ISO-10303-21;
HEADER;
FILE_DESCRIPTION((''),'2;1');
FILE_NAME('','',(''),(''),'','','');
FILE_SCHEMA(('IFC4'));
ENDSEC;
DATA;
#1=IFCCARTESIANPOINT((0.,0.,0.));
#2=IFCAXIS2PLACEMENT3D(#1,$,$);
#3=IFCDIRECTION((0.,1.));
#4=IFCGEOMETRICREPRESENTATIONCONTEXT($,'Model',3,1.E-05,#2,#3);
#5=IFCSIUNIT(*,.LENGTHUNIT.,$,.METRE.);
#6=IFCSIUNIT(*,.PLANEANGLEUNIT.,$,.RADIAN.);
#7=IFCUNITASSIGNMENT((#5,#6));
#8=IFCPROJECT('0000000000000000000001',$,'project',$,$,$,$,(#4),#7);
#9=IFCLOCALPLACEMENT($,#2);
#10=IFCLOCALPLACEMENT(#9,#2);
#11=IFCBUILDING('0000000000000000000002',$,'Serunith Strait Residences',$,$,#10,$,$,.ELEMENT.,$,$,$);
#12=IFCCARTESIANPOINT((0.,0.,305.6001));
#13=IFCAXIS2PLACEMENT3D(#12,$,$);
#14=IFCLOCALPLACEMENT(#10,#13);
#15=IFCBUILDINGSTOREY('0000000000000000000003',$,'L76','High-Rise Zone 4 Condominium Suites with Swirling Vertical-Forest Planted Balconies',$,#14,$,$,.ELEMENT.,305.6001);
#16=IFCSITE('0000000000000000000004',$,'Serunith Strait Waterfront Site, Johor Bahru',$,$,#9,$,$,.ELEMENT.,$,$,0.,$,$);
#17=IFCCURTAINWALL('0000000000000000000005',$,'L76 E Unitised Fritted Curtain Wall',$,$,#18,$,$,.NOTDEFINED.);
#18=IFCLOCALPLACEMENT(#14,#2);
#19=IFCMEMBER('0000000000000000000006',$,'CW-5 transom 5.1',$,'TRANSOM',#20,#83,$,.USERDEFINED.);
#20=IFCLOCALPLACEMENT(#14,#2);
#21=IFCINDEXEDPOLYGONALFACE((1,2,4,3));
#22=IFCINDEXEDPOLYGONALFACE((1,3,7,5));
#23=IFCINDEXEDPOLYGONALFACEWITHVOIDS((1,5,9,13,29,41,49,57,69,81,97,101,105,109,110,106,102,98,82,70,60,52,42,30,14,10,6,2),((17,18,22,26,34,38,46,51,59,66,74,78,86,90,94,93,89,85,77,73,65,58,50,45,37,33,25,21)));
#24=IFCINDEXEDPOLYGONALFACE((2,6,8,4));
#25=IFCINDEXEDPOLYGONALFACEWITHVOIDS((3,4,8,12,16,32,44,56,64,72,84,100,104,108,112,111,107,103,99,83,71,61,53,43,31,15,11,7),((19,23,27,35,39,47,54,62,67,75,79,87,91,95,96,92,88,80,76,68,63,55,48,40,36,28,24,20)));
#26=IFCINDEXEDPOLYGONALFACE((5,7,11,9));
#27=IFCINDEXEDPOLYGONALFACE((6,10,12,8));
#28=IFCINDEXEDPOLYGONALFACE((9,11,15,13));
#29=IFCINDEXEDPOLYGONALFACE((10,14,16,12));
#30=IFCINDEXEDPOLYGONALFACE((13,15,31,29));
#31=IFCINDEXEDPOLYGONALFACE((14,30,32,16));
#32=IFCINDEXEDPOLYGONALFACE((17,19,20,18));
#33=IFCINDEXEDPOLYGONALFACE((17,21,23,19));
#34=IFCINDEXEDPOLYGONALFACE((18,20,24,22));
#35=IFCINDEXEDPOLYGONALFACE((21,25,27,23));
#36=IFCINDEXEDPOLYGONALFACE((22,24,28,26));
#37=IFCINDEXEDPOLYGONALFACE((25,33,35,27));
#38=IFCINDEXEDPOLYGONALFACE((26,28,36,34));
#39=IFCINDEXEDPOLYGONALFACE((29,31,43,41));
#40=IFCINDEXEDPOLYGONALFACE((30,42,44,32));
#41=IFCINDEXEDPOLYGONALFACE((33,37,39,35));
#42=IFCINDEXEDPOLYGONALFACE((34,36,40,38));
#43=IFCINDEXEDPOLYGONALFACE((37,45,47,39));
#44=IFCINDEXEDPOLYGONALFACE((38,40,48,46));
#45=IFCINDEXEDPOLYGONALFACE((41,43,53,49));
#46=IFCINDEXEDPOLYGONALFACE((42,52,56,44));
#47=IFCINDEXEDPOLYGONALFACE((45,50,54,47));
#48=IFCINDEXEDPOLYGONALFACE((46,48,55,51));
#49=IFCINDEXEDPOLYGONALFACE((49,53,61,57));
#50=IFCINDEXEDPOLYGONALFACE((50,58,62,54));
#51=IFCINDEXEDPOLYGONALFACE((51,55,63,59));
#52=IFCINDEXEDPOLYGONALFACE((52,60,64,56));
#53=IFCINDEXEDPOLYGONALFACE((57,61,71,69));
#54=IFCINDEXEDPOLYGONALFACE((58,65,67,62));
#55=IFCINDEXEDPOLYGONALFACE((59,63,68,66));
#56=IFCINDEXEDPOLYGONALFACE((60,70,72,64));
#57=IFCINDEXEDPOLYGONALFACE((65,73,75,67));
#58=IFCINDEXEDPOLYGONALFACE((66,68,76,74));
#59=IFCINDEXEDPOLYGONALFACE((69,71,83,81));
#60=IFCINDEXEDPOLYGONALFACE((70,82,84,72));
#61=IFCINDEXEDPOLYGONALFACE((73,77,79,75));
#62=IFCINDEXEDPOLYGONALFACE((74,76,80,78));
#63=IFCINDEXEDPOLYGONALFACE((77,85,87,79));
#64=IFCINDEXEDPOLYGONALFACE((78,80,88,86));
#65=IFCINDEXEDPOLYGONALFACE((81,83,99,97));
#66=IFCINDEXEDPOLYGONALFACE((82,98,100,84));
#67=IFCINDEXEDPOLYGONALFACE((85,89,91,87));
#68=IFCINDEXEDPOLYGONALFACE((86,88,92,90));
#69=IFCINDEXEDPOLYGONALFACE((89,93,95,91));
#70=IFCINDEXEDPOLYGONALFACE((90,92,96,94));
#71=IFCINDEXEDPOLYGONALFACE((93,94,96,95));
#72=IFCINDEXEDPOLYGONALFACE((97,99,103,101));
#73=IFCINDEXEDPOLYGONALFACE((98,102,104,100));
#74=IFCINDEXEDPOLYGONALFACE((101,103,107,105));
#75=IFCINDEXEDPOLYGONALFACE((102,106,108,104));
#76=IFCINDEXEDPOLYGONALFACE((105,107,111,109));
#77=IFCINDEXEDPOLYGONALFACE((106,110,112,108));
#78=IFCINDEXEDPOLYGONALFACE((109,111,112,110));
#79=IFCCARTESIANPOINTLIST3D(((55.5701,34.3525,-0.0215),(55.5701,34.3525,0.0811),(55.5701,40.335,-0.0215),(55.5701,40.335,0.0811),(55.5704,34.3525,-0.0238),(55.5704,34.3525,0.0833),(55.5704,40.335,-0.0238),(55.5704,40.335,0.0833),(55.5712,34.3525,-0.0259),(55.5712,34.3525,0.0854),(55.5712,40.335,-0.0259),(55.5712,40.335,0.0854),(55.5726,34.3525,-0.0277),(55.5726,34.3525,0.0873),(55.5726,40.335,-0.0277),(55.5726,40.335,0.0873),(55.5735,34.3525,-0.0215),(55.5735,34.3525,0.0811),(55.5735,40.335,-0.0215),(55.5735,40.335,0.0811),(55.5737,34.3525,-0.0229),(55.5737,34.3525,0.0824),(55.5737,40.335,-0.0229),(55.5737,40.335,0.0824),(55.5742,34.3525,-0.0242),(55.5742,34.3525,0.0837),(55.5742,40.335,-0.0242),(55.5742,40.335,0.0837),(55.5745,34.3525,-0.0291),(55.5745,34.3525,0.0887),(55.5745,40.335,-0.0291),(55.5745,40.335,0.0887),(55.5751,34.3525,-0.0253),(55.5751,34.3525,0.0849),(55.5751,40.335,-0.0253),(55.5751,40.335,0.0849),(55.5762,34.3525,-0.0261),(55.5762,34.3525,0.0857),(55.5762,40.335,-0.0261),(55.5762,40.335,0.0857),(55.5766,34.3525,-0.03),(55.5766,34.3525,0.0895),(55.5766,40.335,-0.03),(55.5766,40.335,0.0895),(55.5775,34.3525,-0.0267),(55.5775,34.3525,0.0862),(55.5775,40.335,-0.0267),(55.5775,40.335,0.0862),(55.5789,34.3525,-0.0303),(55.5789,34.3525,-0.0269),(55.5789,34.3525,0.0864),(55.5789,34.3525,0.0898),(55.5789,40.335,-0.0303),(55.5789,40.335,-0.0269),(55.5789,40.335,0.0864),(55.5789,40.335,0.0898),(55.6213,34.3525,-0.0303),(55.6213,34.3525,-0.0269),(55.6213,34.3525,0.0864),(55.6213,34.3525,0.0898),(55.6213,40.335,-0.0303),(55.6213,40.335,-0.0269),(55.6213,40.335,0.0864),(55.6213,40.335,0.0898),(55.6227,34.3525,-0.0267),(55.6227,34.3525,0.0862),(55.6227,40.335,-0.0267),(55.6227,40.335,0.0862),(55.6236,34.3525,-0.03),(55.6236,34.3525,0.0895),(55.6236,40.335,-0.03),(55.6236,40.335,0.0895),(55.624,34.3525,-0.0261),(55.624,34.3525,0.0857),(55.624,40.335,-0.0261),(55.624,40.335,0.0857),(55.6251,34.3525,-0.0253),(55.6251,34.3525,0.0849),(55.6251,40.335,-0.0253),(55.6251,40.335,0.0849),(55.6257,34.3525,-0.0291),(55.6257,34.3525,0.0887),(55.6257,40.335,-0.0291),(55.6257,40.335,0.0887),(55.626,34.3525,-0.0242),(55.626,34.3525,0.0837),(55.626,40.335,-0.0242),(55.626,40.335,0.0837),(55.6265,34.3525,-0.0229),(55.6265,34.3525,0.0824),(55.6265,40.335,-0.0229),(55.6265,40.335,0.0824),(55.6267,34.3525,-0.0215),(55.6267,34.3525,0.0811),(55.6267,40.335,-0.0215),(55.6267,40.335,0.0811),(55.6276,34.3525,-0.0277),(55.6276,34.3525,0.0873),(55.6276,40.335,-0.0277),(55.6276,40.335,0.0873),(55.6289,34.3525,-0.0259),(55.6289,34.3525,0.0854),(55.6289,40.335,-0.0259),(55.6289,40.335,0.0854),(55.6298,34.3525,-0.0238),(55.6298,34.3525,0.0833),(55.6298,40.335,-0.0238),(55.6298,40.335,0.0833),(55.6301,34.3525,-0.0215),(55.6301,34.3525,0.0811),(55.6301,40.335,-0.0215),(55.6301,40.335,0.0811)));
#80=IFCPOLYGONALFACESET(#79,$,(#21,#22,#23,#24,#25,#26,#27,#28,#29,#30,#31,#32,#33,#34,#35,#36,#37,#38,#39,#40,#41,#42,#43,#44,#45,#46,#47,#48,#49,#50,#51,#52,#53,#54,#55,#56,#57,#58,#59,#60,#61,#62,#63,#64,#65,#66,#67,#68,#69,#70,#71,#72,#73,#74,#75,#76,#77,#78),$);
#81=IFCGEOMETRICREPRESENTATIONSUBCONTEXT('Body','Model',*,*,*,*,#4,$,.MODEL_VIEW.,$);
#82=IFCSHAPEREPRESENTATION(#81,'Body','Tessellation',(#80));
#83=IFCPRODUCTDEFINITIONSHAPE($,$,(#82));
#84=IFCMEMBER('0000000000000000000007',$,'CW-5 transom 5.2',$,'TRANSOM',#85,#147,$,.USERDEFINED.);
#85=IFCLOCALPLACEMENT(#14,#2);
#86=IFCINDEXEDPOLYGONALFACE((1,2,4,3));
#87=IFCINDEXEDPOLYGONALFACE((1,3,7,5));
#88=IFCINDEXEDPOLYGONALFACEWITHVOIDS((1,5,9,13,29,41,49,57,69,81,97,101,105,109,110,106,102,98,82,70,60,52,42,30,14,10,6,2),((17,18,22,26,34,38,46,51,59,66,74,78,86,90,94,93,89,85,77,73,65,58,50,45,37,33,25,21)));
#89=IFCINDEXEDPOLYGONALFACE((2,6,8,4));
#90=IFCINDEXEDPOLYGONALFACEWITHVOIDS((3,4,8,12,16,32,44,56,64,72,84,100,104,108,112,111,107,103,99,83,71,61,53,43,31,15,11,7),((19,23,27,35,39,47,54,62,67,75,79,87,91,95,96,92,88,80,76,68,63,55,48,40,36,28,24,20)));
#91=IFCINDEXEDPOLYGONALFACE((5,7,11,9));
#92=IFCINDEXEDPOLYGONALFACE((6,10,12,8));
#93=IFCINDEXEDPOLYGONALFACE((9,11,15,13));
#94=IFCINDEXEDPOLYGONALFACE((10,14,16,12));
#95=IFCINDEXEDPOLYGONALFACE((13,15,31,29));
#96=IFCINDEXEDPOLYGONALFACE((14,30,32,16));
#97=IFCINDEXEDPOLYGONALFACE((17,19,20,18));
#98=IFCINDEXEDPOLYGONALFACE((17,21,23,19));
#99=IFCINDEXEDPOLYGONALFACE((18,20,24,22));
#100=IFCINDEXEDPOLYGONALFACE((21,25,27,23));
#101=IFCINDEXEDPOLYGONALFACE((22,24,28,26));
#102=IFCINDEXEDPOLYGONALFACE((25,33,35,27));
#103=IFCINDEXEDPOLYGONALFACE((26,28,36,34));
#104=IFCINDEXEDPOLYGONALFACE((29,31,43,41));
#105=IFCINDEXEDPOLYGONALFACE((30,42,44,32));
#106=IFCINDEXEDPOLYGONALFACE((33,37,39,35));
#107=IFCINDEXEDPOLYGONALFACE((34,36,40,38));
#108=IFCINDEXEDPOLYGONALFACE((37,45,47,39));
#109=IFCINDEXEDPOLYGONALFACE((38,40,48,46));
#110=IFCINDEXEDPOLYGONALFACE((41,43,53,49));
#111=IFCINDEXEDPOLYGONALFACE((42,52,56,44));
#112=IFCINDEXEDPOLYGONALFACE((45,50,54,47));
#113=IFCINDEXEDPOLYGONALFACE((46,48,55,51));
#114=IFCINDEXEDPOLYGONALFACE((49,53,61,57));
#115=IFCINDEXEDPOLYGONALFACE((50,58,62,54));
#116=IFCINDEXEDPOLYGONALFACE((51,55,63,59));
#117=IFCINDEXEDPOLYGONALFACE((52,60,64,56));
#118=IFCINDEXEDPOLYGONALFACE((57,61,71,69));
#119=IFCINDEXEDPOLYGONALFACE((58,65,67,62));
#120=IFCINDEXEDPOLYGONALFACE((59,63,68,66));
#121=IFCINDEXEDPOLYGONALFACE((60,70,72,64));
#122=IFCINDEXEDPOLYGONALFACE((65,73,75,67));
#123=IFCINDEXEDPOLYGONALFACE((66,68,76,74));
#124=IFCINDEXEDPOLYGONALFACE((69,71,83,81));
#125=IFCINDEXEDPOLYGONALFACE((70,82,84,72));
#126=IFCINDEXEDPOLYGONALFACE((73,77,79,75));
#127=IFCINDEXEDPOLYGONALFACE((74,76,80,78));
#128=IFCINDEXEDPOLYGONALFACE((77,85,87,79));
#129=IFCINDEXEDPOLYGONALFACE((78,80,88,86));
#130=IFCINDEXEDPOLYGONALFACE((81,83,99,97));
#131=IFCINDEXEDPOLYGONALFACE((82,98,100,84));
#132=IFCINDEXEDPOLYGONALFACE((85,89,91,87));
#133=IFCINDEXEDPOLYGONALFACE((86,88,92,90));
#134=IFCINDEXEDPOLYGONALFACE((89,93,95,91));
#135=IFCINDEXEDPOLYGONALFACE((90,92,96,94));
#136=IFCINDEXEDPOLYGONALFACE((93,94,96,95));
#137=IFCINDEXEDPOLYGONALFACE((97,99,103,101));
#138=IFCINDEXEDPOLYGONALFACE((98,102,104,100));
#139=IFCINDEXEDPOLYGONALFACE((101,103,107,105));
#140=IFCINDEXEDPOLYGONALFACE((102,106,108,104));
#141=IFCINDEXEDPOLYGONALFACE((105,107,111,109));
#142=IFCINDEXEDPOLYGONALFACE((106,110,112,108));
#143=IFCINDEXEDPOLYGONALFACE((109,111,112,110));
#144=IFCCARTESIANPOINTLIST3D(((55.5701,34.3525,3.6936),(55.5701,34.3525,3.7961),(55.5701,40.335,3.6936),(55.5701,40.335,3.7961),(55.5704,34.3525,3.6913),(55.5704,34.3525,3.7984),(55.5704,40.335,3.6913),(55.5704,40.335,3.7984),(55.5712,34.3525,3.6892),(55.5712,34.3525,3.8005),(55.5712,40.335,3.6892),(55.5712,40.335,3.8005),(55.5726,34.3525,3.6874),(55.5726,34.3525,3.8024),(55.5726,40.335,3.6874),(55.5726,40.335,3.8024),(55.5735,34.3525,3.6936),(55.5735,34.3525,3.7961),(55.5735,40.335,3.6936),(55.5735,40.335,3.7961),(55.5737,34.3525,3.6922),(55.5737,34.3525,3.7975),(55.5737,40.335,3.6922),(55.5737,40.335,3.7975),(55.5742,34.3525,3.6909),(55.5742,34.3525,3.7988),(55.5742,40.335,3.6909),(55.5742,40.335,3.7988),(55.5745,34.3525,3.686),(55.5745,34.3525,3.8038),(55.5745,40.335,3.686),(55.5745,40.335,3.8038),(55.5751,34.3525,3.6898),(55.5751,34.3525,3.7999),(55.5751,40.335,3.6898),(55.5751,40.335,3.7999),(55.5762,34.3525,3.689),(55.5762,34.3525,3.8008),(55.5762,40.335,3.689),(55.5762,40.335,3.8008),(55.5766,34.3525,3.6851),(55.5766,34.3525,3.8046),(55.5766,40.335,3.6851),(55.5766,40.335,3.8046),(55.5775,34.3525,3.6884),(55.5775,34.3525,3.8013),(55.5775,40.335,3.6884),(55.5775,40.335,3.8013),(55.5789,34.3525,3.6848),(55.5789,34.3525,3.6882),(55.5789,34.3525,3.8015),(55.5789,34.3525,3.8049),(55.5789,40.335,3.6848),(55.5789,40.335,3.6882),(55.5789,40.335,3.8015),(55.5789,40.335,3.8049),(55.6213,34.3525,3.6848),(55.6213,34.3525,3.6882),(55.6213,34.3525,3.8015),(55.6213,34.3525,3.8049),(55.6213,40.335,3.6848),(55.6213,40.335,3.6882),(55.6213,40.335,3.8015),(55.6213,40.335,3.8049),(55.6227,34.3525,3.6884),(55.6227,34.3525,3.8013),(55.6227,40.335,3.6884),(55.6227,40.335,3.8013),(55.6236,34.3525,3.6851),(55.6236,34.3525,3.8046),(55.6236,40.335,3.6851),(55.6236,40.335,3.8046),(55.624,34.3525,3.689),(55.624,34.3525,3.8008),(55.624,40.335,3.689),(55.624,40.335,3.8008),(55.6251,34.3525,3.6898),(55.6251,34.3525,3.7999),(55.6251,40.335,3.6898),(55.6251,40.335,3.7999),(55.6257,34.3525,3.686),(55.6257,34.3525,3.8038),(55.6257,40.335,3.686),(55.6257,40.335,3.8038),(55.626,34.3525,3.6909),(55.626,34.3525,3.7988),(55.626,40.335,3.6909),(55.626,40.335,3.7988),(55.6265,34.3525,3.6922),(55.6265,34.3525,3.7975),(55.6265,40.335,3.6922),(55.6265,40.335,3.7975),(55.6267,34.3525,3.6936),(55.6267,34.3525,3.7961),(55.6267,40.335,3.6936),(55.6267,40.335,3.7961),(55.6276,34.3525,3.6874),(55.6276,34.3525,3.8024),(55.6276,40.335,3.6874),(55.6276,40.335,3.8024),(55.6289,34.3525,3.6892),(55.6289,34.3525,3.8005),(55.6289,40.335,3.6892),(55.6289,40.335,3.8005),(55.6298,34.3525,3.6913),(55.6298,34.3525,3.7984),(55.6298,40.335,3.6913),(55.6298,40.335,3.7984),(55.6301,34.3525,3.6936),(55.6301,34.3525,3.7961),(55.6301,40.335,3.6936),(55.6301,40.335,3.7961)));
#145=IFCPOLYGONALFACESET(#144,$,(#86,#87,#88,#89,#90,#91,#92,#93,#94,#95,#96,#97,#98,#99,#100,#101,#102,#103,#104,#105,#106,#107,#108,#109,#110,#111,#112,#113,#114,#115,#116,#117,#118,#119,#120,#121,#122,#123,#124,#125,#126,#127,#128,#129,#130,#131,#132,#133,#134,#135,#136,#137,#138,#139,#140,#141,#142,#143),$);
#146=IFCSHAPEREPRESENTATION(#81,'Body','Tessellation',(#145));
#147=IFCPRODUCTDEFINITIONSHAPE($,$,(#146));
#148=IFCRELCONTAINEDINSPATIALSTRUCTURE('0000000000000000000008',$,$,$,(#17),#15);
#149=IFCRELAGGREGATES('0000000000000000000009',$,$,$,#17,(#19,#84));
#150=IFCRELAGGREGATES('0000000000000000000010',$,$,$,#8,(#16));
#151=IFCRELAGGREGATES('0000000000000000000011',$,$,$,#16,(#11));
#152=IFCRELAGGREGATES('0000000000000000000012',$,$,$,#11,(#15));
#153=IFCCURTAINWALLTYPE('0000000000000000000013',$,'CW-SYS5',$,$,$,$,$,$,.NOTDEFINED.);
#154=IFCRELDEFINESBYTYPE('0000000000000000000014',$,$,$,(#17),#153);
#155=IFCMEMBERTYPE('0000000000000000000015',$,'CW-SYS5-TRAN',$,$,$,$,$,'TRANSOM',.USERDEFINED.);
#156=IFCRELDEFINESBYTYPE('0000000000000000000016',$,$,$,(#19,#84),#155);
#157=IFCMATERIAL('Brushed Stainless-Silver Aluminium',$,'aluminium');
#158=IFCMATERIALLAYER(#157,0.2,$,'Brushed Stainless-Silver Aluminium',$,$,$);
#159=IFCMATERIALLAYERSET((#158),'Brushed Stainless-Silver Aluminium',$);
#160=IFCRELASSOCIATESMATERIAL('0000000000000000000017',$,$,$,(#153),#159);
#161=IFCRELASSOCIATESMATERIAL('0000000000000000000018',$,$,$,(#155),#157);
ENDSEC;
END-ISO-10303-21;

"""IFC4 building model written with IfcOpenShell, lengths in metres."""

from ifc_helpers import new_model, si_unit, direction, frame, origin, origin_2d, place, context, subcontext, project, spatial, hollow_rectangle, extrude, source, transform, mapped, material, layer, layer_set, material_profile, profile_set, type_object, element, aggregate, save


model = new_model("IFC4")

# Units and contexts
model_context = context("Model", 3, precision=1e-05, world=origin(), true_north=direction((0.0, 1.0)))
body_context = subcontext(model_context, "Body", "Model", "MODEL_VIEW")
ifc_project = project(units=[si_unit("LENGTHUNIT", "METRE"), si_unit("PLANEANGLEUNIT", "RADIAN")], contexts=[model_context])

# Site, building, storey
site_placement = place(None, origin())
site = spatial("IfcSite", under=ifc_project, at=site_placement, Name="Serunith Strait Waterfront Site, Johor Bahru", CompositionType="ELEMENT", RefElevation=0.0)
building_placement = place(site_placement, origin())
building = spatial("IfcBuilding", under=site, at=building_placement, Name="Serunith Strait Residences", CompositionType="ELEMENT")
storey_placement = place(building_placement, frame((0.0, 0.0, 305.6001)))
storey = spatial("IfcBuildingStorey", under=building, at=storey_placement, Name="L76", Description="High-Rise Zone 4 Condominium Suites with Swirling Vertical-Forest Planted Balconies", CompositionType="ELEMENT", Elevation=305.6001)

# Curtain wall, members
ifc_material_1 = material(Name="Brushed Stainless-Silver Aluminium", Category="aluminium")
ifc_layer_1 = layer(ifc_material_1, 0.2, Name="Brushed Stainless-Silver Aluminium")
ifc_layer_set_1 = layer_set([ifc_layer_1], Name="Brushed Stainless-Silver Aluminium")
curtain_wall_type = type_object("IfcCurtainWallType", Name="CW-SYS5", PredefinedType="NOTDEFINED", material=ifc_layer_set_1)
curtain_wall_placement = place(storey_placement, origin())
curtain_wall = element("IfcCurtainWall", 1, at=curtain_wall_placement, inside=storey, type_object=curtain_wall_type, Name="L76 E Unitised Fritted Curtain Wall", PredefinedType="NOTDEFINED")
ifc_material_profile_1 = material_profile(ifc_material_1, hollow_rectangle(XDim=0.0601, YDim=0.1201, WallThickness=0.0034, InnerFilletRadius=0.0054, OuterFilletRadius=0.0088, at=origin_2d()), Name="ALU 120x60x3.5")
ifc_profile_set_1 = profile_set([ifc_material_profile_1], Name="Brushed Stainless-Silver Aluminium")
member_type_1 = type_object("IfcMemberType", Name="CW-SYS5-TRAN", ElementType="TRANSOM", PredefinedType="USERDEFINED", material=ifc_profile_set_1)
shared_shape_1 = source(origin(), body_context, "Body", "SweptSolid", [
    extrude(hollow_rectangle(XDim=0.0601, YDim=0.1201, WallThickness=0.0034, InnerFilletRadius=0.0054, OuterFilletRadius=0.0088, at=origin_2d()), origin(), (0.0, 0.0, 1.0), 5.9824),
])
member_1_placement = place(storey_placement, frame((55.6001, 34.3525, 0.0298), z_axis=(0.0, 1.0, 0.0), x_axis=(-1.0, 0.0, 0.0)))
member_1 = element("IfcMember", 2, at=member_1_placement, type_object=member_type_1, Name="CW-5 transom 5.1", ObjectType="TRANSOM", PredefinedType="USERDEFINED", context=body_context, shape_type="MappedRepresentation", body=[
    mapped(shared_shape_1, transform((0.0, 0.0, 0.0), scale=1.0)),
])
member_2_placement = place(storey_placement, frame((55.6001, 34.3525, 3.7449), z_axis=(0.0, 1.0, 0.0), x_axis=(-1.0, 0.0, 0.0)))
member_2 = element("IfcMember", 3, at=member_2_placement, type_object=member_type_1, Name="CW-5 transom 5.2", ObjectType="TRANSOM", PredefinedType="USERDEFINED", context=body_context, shape_type="MappedRepresentation", body=[
    mapped(shared_shape_1, transform((0.0, 0.0, 0.0), scale=1.0)),
])
aggregate(curtain_wall, [member_1, member_2])

save(model, "model.ifc")
